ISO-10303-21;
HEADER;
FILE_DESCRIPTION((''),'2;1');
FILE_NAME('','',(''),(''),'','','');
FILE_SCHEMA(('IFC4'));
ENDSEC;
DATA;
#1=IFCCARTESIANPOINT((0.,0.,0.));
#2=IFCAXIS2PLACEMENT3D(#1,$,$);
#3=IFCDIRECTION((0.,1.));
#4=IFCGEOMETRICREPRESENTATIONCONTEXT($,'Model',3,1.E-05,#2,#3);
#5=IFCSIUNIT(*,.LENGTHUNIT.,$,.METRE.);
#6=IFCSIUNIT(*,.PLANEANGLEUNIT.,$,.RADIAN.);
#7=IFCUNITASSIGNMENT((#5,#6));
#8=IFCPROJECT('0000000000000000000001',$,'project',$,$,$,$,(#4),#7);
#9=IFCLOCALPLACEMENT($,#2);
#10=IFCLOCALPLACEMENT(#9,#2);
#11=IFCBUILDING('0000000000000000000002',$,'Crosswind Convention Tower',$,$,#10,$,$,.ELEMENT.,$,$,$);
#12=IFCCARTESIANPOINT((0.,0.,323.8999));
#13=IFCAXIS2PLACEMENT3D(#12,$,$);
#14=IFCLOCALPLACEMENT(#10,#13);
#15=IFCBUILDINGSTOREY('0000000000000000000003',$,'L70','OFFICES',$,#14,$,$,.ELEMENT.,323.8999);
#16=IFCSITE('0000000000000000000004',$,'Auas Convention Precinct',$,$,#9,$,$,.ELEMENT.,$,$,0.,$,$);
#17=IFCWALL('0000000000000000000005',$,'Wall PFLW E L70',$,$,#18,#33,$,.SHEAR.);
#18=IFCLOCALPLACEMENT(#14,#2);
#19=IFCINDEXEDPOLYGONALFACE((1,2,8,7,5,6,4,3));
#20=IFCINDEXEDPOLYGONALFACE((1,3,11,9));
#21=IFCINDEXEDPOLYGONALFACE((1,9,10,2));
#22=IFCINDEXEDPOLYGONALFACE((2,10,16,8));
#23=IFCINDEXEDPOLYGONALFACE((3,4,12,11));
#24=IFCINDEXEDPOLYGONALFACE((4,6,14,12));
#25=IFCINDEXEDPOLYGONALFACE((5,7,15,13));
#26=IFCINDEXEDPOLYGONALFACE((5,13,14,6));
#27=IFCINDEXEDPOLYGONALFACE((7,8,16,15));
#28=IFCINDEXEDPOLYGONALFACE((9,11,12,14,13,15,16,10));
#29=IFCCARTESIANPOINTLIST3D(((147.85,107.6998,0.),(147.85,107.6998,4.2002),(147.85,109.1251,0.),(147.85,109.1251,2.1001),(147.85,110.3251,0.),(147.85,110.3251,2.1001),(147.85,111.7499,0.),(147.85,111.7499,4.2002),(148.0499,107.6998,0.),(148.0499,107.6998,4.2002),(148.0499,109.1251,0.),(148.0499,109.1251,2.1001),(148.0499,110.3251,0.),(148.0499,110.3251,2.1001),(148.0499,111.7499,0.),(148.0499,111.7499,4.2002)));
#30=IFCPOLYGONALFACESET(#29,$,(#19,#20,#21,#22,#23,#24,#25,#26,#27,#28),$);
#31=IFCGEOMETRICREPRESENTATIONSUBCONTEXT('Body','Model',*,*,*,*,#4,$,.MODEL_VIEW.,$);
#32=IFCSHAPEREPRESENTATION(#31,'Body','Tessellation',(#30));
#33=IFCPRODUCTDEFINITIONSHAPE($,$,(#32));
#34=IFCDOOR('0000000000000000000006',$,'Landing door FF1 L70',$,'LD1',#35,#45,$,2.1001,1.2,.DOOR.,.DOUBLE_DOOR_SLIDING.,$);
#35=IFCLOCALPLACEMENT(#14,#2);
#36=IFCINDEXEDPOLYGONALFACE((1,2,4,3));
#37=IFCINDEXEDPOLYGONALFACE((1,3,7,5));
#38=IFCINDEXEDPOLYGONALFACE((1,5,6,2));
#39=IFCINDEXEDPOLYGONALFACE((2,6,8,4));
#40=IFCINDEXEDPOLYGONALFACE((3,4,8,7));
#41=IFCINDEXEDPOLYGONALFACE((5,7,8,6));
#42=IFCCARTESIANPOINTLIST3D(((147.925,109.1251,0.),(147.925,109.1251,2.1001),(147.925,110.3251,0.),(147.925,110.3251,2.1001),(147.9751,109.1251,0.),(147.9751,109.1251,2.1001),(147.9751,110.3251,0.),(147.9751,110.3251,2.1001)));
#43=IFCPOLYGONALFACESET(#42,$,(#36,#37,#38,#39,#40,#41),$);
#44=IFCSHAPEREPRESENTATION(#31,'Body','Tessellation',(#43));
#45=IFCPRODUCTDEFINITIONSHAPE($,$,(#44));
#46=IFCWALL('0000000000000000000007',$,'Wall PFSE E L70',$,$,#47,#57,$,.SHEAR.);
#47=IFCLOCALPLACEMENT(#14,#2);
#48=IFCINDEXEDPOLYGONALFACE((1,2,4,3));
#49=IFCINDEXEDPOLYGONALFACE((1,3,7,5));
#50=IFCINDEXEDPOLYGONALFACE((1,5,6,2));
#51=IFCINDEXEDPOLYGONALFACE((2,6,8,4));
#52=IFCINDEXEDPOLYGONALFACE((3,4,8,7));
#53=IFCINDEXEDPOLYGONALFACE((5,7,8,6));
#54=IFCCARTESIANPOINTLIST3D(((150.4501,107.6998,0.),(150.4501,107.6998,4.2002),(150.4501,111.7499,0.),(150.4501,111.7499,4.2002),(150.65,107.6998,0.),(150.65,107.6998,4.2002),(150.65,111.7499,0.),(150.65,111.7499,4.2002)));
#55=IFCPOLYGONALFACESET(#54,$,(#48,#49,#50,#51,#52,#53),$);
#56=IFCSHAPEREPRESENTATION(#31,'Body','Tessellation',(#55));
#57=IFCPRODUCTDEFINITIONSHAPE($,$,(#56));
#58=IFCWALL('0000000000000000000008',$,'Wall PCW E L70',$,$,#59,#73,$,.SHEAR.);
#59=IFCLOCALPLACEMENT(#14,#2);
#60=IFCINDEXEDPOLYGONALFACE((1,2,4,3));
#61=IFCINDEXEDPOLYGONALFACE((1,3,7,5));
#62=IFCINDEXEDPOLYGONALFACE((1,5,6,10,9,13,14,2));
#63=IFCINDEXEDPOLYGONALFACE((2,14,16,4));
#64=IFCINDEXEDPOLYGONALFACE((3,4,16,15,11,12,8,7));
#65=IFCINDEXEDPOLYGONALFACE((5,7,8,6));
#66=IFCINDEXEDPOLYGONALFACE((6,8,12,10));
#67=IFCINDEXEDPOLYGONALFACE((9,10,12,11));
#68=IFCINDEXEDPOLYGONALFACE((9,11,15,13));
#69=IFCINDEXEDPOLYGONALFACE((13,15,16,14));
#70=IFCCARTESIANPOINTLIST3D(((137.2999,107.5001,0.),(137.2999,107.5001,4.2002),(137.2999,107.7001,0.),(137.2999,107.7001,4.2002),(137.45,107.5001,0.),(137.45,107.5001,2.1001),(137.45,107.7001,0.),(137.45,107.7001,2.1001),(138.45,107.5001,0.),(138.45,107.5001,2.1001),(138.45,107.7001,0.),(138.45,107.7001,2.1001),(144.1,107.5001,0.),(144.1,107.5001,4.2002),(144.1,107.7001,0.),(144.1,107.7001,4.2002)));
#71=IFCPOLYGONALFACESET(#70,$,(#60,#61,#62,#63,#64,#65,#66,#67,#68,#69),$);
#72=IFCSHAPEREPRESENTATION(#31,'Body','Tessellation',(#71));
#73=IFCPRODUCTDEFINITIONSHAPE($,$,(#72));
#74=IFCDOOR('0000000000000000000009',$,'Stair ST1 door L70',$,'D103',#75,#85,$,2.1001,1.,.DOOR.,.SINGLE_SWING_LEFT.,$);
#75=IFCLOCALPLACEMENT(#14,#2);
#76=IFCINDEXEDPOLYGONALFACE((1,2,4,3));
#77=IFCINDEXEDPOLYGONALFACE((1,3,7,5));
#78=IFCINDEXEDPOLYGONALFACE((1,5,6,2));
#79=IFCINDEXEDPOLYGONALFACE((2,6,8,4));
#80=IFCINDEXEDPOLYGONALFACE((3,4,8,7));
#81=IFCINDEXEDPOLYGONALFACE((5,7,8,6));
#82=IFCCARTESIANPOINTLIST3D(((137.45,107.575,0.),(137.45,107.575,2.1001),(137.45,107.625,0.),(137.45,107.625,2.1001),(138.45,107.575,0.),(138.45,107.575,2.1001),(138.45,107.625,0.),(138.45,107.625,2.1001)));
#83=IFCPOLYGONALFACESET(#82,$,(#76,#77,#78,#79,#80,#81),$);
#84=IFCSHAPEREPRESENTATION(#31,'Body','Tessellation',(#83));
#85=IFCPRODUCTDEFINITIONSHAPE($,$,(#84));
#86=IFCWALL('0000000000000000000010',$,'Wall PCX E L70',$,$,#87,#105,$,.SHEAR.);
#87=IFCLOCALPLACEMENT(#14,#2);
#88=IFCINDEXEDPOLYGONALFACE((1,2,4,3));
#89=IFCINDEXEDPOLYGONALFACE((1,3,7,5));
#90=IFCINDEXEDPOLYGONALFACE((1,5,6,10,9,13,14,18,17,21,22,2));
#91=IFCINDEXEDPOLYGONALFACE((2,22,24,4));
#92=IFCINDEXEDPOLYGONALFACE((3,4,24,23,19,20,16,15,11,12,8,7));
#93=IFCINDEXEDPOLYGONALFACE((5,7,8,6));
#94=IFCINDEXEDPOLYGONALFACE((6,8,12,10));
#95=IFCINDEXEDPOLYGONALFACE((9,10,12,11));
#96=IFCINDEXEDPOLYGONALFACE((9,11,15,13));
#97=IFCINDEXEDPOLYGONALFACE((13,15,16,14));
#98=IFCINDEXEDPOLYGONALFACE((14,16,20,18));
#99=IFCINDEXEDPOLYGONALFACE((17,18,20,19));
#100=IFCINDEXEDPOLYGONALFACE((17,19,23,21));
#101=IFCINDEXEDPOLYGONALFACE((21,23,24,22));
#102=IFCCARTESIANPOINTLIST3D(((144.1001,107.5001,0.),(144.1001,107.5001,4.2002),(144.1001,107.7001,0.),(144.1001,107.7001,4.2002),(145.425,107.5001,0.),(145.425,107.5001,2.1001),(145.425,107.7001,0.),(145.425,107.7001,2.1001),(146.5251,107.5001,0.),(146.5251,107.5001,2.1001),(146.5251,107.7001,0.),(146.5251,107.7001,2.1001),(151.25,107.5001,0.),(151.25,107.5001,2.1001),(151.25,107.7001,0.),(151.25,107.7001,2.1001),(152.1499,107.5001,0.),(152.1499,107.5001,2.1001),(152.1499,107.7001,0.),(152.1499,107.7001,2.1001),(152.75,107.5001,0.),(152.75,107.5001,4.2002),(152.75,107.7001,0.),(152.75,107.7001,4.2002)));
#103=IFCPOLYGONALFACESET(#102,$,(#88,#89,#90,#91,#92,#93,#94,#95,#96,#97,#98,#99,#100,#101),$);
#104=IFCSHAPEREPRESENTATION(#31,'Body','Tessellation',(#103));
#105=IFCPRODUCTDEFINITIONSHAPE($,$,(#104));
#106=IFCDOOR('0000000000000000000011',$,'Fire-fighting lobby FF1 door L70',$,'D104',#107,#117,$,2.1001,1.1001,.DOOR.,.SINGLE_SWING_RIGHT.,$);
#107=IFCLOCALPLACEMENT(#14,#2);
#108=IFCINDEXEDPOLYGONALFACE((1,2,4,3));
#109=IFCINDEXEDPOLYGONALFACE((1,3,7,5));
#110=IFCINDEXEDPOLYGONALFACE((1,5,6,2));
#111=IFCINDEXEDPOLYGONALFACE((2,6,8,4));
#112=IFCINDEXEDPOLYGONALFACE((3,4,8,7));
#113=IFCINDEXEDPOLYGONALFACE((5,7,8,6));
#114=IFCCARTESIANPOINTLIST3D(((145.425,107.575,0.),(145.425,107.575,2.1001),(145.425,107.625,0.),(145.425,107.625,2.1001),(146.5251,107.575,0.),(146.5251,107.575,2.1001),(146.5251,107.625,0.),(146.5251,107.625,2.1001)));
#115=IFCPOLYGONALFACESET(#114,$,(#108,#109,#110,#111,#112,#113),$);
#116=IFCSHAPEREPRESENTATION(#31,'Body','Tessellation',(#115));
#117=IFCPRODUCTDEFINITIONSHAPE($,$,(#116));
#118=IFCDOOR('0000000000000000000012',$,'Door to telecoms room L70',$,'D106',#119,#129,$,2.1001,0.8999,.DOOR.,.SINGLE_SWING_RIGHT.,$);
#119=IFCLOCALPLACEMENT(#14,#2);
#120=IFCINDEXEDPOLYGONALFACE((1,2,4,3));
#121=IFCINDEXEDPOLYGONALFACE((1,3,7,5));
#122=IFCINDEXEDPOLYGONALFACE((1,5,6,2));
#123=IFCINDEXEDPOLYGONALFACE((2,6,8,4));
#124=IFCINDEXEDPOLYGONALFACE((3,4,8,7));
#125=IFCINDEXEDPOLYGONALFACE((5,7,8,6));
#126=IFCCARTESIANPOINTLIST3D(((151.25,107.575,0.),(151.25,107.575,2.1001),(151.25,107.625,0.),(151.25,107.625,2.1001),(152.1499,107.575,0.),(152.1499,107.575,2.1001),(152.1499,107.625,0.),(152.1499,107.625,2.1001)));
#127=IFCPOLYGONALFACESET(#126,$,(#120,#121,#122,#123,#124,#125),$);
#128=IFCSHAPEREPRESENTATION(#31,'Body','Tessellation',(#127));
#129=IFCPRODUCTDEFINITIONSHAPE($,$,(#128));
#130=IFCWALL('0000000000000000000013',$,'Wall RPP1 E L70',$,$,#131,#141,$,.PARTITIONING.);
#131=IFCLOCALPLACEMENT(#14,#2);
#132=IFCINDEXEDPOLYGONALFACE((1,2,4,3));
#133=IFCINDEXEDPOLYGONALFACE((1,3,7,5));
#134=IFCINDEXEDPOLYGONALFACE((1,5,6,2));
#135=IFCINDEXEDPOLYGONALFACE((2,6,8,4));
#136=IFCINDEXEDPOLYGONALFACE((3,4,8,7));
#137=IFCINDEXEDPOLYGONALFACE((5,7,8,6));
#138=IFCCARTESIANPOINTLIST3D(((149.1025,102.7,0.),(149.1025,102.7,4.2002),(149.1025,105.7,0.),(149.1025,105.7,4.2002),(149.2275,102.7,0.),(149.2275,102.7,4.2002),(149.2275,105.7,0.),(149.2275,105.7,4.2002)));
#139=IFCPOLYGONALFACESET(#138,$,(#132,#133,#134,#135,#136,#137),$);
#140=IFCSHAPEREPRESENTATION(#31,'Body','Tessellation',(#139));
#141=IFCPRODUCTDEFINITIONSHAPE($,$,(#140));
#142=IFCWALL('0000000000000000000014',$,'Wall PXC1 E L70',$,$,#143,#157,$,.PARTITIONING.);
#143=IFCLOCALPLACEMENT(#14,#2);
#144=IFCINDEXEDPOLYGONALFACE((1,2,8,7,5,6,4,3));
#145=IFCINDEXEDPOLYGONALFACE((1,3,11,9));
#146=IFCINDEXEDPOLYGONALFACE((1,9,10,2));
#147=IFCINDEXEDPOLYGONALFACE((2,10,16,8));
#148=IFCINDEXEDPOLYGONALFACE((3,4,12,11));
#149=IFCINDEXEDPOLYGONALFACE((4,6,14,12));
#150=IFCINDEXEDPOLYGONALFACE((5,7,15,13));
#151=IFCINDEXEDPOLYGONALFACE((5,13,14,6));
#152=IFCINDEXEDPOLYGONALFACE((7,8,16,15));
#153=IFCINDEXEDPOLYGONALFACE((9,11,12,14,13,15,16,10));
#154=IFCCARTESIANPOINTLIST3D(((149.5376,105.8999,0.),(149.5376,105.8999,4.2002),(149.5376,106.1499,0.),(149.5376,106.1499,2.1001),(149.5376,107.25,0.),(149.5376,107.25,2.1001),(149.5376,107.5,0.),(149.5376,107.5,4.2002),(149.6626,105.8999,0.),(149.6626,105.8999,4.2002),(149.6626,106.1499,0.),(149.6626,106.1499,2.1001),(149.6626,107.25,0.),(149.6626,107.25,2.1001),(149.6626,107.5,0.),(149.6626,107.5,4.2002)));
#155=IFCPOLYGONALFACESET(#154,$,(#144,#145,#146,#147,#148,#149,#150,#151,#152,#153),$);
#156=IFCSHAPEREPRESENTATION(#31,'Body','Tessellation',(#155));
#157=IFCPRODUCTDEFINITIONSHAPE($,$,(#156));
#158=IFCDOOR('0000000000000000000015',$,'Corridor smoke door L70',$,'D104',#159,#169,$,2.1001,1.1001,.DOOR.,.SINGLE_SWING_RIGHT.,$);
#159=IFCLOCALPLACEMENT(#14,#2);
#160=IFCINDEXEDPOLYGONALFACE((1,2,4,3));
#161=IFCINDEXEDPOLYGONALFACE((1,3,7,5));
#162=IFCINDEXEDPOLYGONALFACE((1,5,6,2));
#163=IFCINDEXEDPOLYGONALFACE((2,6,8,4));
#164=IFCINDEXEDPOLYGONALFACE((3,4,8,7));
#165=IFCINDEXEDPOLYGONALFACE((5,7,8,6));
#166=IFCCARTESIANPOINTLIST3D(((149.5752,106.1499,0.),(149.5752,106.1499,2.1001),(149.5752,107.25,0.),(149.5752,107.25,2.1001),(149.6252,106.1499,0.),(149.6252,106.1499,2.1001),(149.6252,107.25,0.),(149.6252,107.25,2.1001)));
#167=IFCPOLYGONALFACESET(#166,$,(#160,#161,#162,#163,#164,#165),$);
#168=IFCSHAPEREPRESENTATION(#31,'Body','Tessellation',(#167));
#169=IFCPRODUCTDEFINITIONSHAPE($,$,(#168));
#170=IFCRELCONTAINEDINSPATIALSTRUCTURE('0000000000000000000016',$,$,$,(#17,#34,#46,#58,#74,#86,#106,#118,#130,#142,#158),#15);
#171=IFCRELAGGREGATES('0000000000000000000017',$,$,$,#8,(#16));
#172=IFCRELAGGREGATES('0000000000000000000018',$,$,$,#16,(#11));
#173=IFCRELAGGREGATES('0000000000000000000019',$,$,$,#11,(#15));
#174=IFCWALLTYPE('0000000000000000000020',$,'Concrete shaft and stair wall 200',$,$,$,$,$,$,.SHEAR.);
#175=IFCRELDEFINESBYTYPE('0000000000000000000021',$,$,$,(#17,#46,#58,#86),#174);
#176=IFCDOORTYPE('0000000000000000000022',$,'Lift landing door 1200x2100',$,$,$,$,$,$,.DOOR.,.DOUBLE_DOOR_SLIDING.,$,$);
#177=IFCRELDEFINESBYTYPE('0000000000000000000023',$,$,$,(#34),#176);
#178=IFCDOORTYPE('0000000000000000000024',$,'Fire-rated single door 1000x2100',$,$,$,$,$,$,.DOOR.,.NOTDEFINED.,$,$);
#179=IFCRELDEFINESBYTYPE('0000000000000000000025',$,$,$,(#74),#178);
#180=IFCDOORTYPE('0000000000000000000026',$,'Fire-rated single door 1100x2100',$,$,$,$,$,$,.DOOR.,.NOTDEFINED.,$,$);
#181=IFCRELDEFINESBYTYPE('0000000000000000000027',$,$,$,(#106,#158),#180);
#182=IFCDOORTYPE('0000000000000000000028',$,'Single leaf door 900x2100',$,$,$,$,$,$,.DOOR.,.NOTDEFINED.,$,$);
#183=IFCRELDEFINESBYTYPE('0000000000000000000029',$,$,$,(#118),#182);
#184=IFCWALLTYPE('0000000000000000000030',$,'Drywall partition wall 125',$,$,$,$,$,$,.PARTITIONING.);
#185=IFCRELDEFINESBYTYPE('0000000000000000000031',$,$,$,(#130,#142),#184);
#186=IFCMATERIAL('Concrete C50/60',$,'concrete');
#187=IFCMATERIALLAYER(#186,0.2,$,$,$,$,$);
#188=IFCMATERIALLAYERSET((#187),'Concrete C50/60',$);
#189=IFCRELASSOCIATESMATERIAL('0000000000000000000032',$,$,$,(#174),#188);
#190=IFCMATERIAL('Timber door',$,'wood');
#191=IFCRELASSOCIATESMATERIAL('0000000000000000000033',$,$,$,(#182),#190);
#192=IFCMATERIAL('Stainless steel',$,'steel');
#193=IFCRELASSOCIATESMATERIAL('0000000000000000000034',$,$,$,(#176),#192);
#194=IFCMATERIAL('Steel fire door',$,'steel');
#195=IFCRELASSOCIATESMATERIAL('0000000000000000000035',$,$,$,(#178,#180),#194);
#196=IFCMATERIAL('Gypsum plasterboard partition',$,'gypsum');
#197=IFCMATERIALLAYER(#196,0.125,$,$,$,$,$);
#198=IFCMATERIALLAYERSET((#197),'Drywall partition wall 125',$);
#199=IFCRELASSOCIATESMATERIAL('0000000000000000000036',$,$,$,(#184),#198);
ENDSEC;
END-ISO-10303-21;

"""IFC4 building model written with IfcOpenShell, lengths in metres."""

from ifc_helpers import new_model, si_unit, direction, frame, frame_2d, origin, place, context, subcontext, project, spatial, rectangle, extrude, material, layer, layer_set, type_object, element, fill, save


model = new_model("IFC4")

# Units and contexts
model_context = context("Model", 3, precision=1e-05, world=origin(), true_north=direction((0.0, 1.0)))
body_context = subcontext(model_context, "Body", "Model", "MODEL_VIEW")
ifc_project = project(units=[si_unit("LENGTHUNIT", "METRE"), si_unit("PLANEANGLEUNIT", "RADIAN")], contexts=[model_context])

# Site, building, storey
site_placement = place(None, origin())
site = spatial("IfcSite", under=ifc_project, at=site_placement, Name="Auas Convention Precinct", CompositionType="ELEMENT", RefElevation=0.0)
building_placement = place(site_placement, origin())
building = spatial("IfcBuilding", under=site, at=building_placement, Name="Crosswind Convention Tower", CompositionType="ELEMENT")
storey_placement = place(building_placement, frame((0.0, 0.0, 323.8999)))
storey = spatial("IfcBuildingStorey", under=building, at=storey_placement, Name="L70", Description="OFFICES", CompositionType="ELEMENT", Elevation=323.8999)

# Shared definitions
ifc_material_1 = material(Name="Concrete C50/60", Category="concrete")
ifc_layer_1 = layer(ifc_material_1, 0.2)
ifc_layer_set_1 = layer_set([ifc_layer_1], Name="Concrete C50/60")
wall_type_1 = type_object("IfcWallType", Name="Concrete shaft and stair wall 200", PredefinedType="SHEAR", material=ifc_layer_set_1)

# Shared definitions
ifc_material_2 = material(Name="Timber door", Category="wood")
door_type_1 = type_object("IfcDoorType", Name="Single leaf door 900x2100", OperationType="NOTDEFINED", PredefinedType="DOOR", material=ifc_material_2)

# Wall, opening, door
wall_1_placement = place(storey_placement, frame((147.95, 107.7, 0.0), z_axis=(0.0, 0.0, 1.0), x_axis=(0.0, 1.0, 0.0)))
wall_1 = element("IfcWall", 1, at=wall_1_placement, inside=storey, type_object=wall_type_1, Name="Wall PFLW E L70", PredefinedType="SHEAR", context=body_context, shape_type="SweptSolid", body=[
    extrude(rectangle(XDim=4.05, YDim=0.2, at=frame_2d((2.0249, 0.0))), origin(), (0.0, 0.0, 1.0), 4.2002),
])
opening_1_placement = place(wall_1_placement, frame((1.425, 0.0, 0.0)))
opening_1 = element("IfcOpeningElement", 2, at=opening_1_placement, cuts=wall_1, PredefinedType="OPENING", context=body_context, shape_type="SweptSolid", body=[
    extrude(rectangle(XDim=1.2, YDim=2.1001, at=frame_2d((0.6001, 1.05))), frame((0.0, 0.1099, 0.0), z_axis=(0.0, -1.0, 0.0), x_axis=(1.0, 0.0, 0.0)), (0.0, 0.0, 1.0), 0.22),
])
ifc_material_3 = material(Name="Stainless steel", Category="steel")
door_type_2 = type_object("IfcDoorType", Name="Lift landing door 1200x2100", OperationType="DOUBLE_DOOR_SLIDING", PredefinedType="DOOR", material=ifc_material_3)
door_1_placement = place(opening_1_placement, origin())
door_1 = element("IfcDoor", 3, at=door_1_placement, inside=storey, type_object=door_type_2, Name="Landing door FF1 L70", ObjectType="LD1", OperationType="DOUBLE_DOOR_SLIDING", OverallHeight=2.1001, OverallWidth=1.2, PredefinedType="DOOR", context=body_context, shape_type="SweptSolid", body=[
    extrude(rectangle(XDim=1.2, YDim=2.1001, at=frame_2d((0.6001, 1.05))), frame((0.0, 0.0249, 0.0), z_axis=(0.0, -1.0, 0.0), x_axis=(1.0, 0.0, 0.0)), (0.0, 0.0, 1.0), 0.05),
])
fill(opening_1, door_1)

# Wall
wall_2_placement = place(storey_placement, frame((150.55, 107.7, 0.0), z_axis=(0.0, 0.0, 1.0), x_axis=(0.0, 1.0, 0.0)))
element("IfcWall", 4, at=wall_2_placement, inside=storey, type_object=wall_type_1, Name="Wall PFSE E L70", PredefinedType="SHEAR", context=body_context, shape_type="SweptSolid", body=[
    extrude(rectangle(XDim=4.05, YDim=0.2, at=frame_2d((2.0249, 0.0))), origin(), (0.0, 0.0, 1.0), 4.2002),
])

# Wall, opening, door
wall_3_placement = place(storey_placement, frame((137.3, 107.6001, 0.0), z_axis=(0.0, 0.0, 1.0), x_axis=(1.0, 0.0, 0.0)))
wall_3 = element("IfcWall", 5, at=wall_3_placement, inside=storey, type_object=wall_type_1, Name="Wall PCW E L70", PredefinedType="SHEAR", context=body_context, shape_type="SweptSolid", body=[
    extrude(rectangle(XDim=6.8, YDim=0.2, at=frame_2d((3.3999, 0.0))), origin(), (0.0, 0.0, 1.0), 4.2002),
])
opening_2_placement = place(wall_3_placement, frame((0.1499, 0.0, 0.0)))
opening_2 = element("IfcOpeningElement", 6, at=opening_2_placement, cuts=wall_3, PredefinedType="OPENING", context=body_context, shape_type="SweptSolid", body=[
    extrude(rectangle(XDim=1.0, YDim=2.1001, at=frame_2d((0.5, 1.05))), frame((0.0, 0.1099, 0.0), z_axis=(0.0, -1.0, 0.0), x_axis=(1.0, 0.0, 0.0)), (0.0, 0.0, 1.0), 0.22),
])
ifc_material_4 = material(Name="Steel fire door", Category="steel")
door_type_3 = type_object("IfcDoorType", Name="Fire-rated single door 1000x2100", OperationType="NOTDEFINED", PredefinedType="DOOR", material=ifc_material_4)
door_2_placement = place(opening_2_placement, origin())
door_2 = element("IfcDoor", 7, at=door_2_placement, inside=storey, type_object=door_type_3, Name="Stair ST1 door L70", ObjectType="D103", OperationType="SINGLE_SWING_LEFT", OverallHeight=2.1001, OverallWidth=1.0, PredefinedType="DOOR", context=body_context, shape_type="SweptSolid", body=[
    extrude(rectangle(XDim=1.0, YDim=2.1001, at=frame_2d((0.5, 1.05))), frame((0.0, 0.0249, 0.0), z_axis=(0.0, -1.0, 0.0), x_axis=(1.0, 0.0, 0.0)), (0.0, 0.0, 1.0), 0.05),
])
fill(opening_2, door_2)

# Wall, openings, doors
wall_4_placement = place(storey_placement, frame((144.1001, 107.6001, 0.0), z_axis=(0.0, 0.0, 1.0), x_axis=(1.0, 0.0, 0.0)))
wall_4 = element("IfcWall", 8, at=wall_4_placement, inside=storey, type_object=wall_type_1, Name="Wall PCX E L70", PredefinedType="SHEAR", context=body_context, shape_type="SweptSolid", body=[
    extrude(rectangle(XDim=8.6499, YDim=0.2, at=frame_2d((4.325, 0.0))), origin(), (0.0, 0.0, 1.0), 4.2002),
])
opening_3_placement = place(wall_4_placement, frame((1.325, 0.0, 0.0)))
opening_3 = element("IfcOpeningElement", 9, at=opening_3_placement, cuts=wall_4, PredefinedType="OPENING", context=body_context, shape_type="SweptSolid", body=[
    extrude(rectangle(XDim=1.1001, YDim=2.1001, at=frame_2d((0.55, 1.05))), frame((0.0, 0.1099, 0.0), z_axis=(0.0, -1.0, 0.0), x_axis=(1.0, 0.0, 0.0)), (0.0, 0.0, 1.0), 0.22),
])
opening_4_placement = place(wall_4_placement, frame((7.1499, 0.0, 0.0)))
opening_4 = element("IfcOpeningElement", 10, at=opening_4_placement, cuts=wall_4, PredefinedType="OPENING", context=body_context, shape_type="SweptSolid", body=[
    extrude(rectangle(XDim=0.8999, YDim=2.1001, at=frame_2d((0.45, 1.05))), frame((0.0, 0.1099, 0.0), z_axis=(0.0, -1.0, 0.0), x_axis=(1.0, 0.0, 0.0)), (0.0, 0.0, 1.0), 0.22),
])
door_type_4 = type_object("IfcDoorType", Name="Fire-rated single door 1100x2100", OperationType="NOTDEFINED", PredefinedType="DOOR", material=ifc_material_4)
door_3_placement = place(opening_3_placement, origin())
door_3 = element("IfcDoor", 11, at=door_3_placement, inside=storey, type_object=door_type_4, Name="Fire-fighting lobby FF1 door L70", ObjectType="D104", OperationType="SINGLE_SWING_RIGHT", OverallHeight=2.1001, OverallWidth=1.1001, PredefinedType="DOOR", context=body_context, shape_type="SweptSolid", body=[
    extrude(rectangle(XDim=1.1001, YDim=2.1001, at=frame_2d((0.55, 1.05))), frame((0.0, 0.0249, 0.0), z_axis=(0.0, -1.0, 0.0), x_axis=(1.0, 0.0, 0.0)), (0.0, 0.0, 1.0), 0.05),
])
fill(opening_3, door_3)
door_4_placement = place(opening_4_placement, origin())
door_4 = element("IfcDoor", 12, at=door_4_placement, inside=storey, type_object=door_type_1, Name="Door to telecoms room L70", ObjectType="D106", OperationType="SINGLE_SWING_RIGHT", OverallHeight=2.1001, OverallWidth=0.8999, PredefinedType="DOOR", context=body_context, shape_type="SweptSolid", body=[
    extrude(rectangle(XDim=0.8999, YDim=2.1001, at=frame_2d((0.45, 1.05))), frame((0.0, 0.0249, 0.0), z_axis=(0.0, -1.0, 0.0), x_axis=(1.0, 0.0, 0.0)), (0.0, 0.0, 1.0), 0.05),
])
fill(opening_4, door_4)

# Wall
ifc_material_5 = material(Name="Gypsum plasterboard partition", Category="gypsum")
ifc_layer_2 = layer(ifc_material_5, 0.125)
ifc_layer_set_2 = layer_set([ifc_layer_2], Name="Drywall partition wall 125")
wall_type_2 = type_object("IfcWallType", Name="Drywall partition wall 125", PredefinedType="PARTITIONING", material=ifc_layer_set_2)
wall_5_placement = place(storey_placement, frame((149.165, 102.7, 0.0), z_axis=(0.0, 0.0, 1.0), x_axis=(0.0, 1.0, 0.0)))
element("IfcWall", 13, at=wall_5_placement, inside=storey, type_object=wall_type_2, Name="Wall RPP1 E L70", PredefinedType="PARTITIONING", context=body_context, shape_type="SweptSolid", body=[
    extrude(rectangle(XDim=3.0, YDim=0.125, at=frame_2d((1.5, 0.0))), origin(), (0.0, 0.0, 1.0), 4.2002),
])

# Wall, opening, door
wall_6_placement = place(storey_placement, frame((149.6001, 105.8999, 0.0), z_axis=(0.0, 0.0, 1.0), x_axis=(0.0, 1.0, 0.0)))
wall_6 = element("IfcWall", 14, at=wall_6_placement, inside=storey, type_object=wall_type_2, Name="Wall PXC1 E L70", PredefinedType="PARTITIONING", context=body_context, shape_type="SweptSolid", body=[
    extrude(rectangle(XDim=1.6001, YDim=0.125, at=frame_2d((0.8, 0.0))), origin(), (0.0, 0.0, 1.0), 4.2002),
])
opening_5_placement = place(wall_6_placement, frame((0.25, 0.0, 0.0)))
opening_5 = element("IfcOpeningElement", 15, at=opening_5_placement, cuts=wall_6, PredefinedType="OPENING", context=body_context, shape_type="SweptSolid", body=[
    extrude(rectangle(XDim=1.1001, YDim=2.1001, at=frame_2d((0.55, 1.05))), frame((0.0, 0.0725, 0.0), z_axis=(0.0, -1.0, 0.0), x_axis=(1.0, 0.0, 0.0)), (0.0, 0.0, 1.0), 0.145),
])
door_5_placement = place(opening_5_placement, origin())
door_5 = element("IfcDoor", 16, at=door_5_placement, inside=storey, type_object=door_type_4, Name="Corridor smoke door L70", ObjectType="D104", OperationType="SINGLE_SWING_RIGHT", OverallHeight=2.1001, OverallWidth=1.1001, PredefinedType="DOOR", context=body_context, shape_type="SweptSolid", body=[
    extrude(rectangle(XDim=1.1001, YDim=2.1001, at=frame_2d((0.55, 1.05))), frame((0.0, 0.0249, 0.0), z_axis=(0.0, -1.0, 0.0), x_axis=(1.0, 0.0, 0.0)), (0.0, 0.0, 1.0), 0.05),
])
fill(opening_5, door_5)

save(model, "model.ifc")
